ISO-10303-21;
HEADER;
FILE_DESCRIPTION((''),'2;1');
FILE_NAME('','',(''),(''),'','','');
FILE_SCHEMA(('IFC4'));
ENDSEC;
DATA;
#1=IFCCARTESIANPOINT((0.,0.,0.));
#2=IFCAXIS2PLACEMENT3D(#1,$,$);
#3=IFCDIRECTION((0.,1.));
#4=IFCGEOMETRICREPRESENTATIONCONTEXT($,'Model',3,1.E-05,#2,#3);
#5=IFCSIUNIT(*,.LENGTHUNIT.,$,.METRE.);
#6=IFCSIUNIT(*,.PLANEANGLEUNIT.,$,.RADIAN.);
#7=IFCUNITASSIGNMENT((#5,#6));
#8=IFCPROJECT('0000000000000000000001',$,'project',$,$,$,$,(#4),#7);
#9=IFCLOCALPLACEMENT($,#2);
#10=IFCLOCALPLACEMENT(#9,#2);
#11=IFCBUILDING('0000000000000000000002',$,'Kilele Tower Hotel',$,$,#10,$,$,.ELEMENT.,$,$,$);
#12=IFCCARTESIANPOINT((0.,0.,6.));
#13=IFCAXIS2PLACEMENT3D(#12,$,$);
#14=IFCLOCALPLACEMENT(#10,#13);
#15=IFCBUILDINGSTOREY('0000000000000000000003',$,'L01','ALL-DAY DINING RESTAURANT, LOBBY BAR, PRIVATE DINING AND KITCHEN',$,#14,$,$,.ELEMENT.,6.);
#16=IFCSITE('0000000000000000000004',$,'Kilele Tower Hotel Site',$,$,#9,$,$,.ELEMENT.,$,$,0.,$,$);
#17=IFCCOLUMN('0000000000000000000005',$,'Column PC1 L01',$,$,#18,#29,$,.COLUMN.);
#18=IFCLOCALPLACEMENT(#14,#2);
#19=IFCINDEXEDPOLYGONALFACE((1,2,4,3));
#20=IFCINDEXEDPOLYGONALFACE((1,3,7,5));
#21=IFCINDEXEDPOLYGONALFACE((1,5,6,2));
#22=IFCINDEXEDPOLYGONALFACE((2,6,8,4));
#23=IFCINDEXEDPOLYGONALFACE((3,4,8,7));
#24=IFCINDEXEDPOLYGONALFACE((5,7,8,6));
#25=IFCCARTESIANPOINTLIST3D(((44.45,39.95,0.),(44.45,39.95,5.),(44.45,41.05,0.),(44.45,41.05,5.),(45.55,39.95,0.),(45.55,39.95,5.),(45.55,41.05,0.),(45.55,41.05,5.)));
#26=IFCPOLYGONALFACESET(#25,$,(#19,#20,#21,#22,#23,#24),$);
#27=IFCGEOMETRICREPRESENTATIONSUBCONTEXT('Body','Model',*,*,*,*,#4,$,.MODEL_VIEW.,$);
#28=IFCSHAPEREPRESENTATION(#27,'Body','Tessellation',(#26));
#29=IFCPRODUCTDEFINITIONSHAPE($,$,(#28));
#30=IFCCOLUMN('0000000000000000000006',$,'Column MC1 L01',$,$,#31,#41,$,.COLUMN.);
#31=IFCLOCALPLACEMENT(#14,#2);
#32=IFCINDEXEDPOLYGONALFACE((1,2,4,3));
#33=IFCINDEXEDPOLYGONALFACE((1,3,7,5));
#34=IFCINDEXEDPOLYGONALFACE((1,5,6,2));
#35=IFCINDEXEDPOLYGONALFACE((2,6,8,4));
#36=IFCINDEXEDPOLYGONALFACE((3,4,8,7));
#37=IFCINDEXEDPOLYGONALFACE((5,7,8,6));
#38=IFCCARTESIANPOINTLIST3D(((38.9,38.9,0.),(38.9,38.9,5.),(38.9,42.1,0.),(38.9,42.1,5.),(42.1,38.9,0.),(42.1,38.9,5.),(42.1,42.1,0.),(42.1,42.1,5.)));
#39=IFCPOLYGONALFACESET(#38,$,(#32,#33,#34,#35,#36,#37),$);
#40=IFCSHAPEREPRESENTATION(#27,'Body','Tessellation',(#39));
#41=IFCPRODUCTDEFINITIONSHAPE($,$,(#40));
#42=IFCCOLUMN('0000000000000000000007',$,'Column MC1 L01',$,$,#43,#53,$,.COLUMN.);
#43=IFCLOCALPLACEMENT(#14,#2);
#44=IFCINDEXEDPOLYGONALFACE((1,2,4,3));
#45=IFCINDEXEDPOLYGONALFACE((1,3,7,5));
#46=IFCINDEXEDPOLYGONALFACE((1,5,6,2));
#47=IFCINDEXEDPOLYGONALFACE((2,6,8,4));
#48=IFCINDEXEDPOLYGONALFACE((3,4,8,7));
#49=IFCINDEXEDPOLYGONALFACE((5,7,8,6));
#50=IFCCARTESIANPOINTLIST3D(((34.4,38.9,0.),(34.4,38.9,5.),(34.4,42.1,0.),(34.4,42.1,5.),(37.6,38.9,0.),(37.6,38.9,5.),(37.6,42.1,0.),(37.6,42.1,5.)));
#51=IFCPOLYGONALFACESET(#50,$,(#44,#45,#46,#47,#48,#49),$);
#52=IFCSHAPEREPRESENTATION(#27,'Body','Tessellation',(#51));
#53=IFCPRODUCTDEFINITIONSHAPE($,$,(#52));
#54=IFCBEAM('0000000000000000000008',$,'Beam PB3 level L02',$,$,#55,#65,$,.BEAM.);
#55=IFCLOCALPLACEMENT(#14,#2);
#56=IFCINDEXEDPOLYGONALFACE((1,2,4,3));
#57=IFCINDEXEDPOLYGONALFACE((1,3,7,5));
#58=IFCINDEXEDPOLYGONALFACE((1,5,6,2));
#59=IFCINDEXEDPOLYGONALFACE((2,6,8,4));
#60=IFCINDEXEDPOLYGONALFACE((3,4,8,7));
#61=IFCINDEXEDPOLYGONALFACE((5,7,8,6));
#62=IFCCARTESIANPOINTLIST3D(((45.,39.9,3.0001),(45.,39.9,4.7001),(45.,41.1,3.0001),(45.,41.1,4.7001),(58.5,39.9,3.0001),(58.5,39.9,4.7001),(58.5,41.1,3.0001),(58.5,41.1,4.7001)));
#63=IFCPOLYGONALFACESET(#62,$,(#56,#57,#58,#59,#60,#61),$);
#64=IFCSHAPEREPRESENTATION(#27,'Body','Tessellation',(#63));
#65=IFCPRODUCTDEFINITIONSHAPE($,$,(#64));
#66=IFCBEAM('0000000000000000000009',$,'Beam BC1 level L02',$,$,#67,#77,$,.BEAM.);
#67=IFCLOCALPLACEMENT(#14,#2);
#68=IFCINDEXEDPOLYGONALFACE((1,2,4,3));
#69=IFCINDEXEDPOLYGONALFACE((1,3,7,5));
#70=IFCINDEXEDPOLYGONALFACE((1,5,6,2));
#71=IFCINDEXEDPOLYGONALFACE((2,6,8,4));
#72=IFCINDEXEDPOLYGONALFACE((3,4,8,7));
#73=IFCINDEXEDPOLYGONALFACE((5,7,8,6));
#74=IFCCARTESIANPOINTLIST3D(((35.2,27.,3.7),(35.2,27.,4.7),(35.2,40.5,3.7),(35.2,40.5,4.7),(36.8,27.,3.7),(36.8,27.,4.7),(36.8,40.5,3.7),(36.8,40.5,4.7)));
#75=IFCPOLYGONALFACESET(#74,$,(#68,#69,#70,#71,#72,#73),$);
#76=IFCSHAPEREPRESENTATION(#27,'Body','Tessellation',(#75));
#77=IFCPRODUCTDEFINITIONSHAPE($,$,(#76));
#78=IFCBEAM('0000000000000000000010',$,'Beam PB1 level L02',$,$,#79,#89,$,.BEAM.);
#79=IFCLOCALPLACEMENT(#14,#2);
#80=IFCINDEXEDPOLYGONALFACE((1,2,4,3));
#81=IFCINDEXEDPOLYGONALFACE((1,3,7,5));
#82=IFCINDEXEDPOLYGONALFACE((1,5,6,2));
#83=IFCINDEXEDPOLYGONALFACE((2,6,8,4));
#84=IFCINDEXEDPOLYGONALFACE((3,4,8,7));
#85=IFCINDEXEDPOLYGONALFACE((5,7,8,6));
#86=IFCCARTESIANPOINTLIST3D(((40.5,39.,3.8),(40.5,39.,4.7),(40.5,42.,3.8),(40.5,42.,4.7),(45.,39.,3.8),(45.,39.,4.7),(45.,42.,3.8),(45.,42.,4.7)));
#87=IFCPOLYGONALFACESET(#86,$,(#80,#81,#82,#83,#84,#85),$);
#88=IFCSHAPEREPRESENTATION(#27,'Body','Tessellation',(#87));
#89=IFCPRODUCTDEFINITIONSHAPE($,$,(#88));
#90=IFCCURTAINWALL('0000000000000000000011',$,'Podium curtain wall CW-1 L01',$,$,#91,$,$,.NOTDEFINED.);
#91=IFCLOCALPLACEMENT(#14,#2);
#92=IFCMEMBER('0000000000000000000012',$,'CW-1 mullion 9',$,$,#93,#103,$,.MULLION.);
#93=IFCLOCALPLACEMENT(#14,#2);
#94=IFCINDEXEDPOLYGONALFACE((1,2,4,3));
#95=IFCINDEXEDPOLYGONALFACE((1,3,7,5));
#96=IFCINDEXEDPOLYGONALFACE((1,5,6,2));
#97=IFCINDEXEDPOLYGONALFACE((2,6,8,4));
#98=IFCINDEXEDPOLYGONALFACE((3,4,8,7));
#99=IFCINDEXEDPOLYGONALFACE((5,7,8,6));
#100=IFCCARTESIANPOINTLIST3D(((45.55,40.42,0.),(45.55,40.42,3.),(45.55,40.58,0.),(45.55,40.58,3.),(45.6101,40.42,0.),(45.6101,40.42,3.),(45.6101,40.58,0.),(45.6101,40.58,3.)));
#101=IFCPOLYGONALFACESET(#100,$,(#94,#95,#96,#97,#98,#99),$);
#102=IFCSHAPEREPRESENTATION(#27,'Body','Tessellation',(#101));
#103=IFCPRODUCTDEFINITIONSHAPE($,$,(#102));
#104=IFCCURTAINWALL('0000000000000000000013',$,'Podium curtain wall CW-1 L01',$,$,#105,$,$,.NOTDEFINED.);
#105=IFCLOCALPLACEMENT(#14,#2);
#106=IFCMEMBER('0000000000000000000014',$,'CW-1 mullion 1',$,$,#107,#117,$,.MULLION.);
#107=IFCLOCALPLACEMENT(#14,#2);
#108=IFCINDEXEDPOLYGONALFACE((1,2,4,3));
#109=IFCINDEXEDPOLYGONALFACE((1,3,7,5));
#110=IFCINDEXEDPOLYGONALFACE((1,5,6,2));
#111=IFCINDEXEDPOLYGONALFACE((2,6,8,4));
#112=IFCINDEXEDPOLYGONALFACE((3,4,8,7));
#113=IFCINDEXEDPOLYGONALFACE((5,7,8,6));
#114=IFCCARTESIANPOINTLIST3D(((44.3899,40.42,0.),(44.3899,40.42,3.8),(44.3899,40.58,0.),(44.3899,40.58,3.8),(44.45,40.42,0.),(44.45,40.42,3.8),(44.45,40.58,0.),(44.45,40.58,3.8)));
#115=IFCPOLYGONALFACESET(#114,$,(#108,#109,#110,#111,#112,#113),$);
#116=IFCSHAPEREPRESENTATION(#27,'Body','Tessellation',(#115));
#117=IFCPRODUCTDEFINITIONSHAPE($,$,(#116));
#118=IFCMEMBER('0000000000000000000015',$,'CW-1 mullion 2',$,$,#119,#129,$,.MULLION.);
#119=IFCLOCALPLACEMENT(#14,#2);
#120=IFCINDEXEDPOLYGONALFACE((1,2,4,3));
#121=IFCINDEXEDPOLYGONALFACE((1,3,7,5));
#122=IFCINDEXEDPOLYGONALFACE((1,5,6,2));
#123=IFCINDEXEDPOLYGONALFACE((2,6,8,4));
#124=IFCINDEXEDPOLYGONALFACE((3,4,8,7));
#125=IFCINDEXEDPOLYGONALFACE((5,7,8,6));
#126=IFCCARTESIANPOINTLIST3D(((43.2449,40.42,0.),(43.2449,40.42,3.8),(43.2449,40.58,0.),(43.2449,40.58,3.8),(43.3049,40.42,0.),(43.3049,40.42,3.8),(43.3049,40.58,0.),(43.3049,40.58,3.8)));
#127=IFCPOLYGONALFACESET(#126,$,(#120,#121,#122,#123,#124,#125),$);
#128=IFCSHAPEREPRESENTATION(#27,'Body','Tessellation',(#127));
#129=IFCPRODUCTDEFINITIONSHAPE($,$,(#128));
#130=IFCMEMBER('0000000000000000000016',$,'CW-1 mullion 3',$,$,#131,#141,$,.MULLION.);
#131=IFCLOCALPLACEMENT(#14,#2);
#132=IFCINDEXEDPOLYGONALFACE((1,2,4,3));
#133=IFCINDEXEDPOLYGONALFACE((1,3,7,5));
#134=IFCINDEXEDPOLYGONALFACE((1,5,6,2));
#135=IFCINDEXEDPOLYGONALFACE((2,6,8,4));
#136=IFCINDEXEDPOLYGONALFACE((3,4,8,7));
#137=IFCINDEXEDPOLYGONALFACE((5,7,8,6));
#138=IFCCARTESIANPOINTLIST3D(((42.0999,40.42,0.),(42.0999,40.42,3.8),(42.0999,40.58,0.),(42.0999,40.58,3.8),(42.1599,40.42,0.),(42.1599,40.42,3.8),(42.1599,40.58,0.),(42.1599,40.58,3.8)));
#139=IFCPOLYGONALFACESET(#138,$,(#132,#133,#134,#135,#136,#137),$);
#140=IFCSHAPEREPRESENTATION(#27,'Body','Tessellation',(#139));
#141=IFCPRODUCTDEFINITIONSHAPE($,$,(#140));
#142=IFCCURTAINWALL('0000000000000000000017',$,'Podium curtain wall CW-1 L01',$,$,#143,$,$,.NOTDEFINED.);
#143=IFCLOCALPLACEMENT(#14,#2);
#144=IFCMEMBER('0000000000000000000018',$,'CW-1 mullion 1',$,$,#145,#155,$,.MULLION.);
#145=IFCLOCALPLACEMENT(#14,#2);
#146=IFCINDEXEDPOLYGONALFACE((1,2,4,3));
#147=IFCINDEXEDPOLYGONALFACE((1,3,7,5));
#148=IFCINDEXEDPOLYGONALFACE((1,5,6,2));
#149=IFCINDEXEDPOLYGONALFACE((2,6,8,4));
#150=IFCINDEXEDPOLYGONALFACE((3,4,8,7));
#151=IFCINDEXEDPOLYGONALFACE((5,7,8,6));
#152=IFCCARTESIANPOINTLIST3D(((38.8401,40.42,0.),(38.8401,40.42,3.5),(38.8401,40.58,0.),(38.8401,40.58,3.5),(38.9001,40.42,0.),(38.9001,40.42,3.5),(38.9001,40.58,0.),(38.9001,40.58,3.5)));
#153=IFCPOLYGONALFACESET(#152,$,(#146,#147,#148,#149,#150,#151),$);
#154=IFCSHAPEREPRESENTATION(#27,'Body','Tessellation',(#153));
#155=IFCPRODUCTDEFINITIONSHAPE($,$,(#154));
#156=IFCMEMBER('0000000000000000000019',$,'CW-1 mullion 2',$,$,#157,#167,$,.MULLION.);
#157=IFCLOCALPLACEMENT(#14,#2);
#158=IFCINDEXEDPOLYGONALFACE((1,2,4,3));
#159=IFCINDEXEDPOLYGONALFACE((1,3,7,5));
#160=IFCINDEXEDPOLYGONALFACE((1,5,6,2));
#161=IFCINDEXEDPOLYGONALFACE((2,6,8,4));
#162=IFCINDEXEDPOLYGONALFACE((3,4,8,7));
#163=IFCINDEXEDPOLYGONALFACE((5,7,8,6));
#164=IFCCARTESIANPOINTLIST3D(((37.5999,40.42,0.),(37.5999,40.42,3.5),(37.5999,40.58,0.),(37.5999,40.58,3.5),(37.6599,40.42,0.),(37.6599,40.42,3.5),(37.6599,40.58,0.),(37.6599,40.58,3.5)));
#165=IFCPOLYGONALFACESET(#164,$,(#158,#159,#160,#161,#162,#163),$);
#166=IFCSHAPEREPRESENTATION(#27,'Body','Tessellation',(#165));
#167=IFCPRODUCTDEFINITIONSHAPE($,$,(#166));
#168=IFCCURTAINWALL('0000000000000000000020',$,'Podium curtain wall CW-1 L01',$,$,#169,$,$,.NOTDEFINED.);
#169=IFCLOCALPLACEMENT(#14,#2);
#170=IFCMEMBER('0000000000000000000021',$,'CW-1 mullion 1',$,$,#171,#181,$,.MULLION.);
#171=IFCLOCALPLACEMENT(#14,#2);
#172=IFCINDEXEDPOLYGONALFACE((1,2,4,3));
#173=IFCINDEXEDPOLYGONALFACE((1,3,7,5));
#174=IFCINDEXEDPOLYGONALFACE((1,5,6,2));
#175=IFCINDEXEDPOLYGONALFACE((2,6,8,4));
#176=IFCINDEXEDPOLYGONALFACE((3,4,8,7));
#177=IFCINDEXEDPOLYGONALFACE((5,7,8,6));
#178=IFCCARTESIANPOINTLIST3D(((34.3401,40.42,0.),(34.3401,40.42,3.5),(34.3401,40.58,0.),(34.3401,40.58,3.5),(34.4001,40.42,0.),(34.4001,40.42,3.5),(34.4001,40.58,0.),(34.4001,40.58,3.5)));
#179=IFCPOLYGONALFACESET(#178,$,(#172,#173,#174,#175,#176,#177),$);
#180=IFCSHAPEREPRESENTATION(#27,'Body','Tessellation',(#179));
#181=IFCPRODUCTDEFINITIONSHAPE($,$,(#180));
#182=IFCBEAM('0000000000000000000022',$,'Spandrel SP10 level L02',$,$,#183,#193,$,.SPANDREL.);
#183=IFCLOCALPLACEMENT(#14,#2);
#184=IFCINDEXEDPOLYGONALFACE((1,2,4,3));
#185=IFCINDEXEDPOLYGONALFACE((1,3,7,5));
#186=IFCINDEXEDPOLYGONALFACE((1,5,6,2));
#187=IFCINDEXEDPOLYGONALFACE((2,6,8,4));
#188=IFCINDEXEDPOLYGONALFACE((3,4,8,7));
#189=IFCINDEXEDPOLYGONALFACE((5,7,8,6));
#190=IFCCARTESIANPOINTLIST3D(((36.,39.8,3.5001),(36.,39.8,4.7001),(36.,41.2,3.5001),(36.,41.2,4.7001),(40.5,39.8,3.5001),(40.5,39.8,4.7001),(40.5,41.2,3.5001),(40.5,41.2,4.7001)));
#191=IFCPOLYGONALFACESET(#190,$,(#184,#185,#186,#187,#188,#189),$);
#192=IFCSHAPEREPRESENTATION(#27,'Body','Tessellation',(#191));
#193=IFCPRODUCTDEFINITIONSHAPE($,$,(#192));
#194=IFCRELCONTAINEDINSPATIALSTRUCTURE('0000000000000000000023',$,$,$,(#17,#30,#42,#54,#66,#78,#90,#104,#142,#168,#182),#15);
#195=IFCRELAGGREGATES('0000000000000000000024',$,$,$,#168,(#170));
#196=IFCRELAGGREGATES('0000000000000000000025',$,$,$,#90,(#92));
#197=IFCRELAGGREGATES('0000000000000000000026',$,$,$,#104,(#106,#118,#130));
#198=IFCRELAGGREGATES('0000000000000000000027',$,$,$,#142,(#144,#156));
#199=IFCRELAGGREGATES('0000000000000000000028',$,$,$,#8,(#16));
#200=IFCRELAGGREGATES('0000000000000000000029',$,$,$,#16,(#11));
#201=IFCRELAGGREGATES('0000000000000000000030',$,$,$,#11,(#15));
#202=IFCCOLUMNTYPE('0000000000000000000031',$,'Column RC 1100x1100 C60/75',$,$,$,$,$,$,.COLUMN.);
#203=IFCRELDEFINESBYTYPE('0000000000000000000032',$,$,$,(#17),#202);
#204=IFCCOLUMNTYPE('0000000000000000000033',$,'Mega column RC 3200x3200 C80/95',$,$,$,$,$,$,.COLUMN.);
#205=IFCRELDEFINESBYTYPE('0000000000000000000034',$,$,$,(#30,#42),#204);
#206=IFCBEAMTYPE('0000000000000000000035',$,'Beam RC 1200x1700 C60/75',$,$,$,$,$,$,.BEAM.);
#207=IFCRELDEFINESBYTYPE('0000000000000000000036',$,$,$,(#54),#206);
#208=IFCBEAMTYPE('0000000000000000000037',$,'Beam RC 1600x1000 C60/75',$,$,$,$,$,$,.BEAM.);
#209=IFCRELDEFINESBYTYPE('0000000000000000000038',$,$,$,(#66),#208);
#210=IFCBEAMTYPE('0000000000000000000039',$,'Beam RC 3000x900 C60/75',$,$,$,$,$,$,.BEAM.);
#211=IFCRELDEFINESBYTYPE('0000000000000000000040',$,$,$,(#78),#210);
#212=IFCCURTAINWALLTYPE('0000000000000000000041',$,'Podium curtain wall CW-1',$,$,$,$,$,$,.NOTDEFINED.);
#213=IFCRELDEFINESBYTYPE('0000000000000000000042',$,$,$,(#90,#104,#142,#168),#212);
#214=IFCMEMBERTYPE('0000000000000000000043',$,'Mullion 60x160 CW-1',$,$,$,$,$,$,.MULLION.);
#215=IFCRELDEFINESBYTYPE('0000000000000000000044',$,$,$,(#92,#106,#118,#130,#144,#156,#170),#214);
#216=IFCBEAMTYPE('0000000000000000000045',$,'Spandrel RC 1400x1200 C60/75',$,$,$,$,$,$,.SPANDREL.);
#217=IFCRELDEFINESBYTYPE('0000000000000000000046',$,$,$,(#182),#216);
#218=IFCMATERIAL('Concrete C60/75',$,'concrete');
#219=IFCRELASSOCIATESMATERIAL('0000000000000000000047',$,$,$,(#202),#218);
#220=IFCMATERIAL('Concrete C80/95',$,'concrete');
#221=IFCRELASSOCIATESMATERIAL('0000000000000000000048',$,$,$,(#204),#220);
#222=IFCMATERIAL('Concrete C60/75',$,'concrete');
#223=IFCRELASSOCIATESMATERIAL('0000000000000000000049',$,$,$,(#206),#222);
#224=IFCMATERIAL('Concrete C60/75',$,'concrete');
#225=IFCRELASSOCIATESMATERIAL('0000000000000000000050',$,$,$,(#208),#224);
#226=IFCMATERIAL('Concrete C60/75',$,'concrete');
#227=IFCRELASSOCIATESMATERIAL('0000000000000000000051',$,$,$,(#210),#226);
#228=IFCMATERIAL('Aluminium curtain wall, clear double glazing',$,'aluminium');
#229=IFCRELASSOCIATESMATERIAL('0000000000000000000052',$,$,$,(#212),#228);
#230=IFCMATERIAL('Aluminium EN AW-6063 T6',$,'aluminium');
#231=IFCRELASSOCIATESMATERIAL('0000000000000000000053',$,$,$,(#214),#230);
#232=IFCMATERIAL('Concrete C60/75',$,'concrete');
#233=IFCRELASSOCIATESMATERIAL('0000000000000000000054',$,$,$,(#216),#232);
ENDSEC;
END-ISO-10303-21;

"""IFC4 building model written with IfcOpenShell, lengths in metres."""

from ifc_helpers import new_model, si_unit, direction, frame, origin, origin_2d, place, context, subcontext, project, spatial, rectangle, extrude, material, material_profile, profile_set, type_object, element, aggregate, save


model = new_model("IFC4")

# Units and contexts
model_context = context("Model", 3, precision=1e-05, world=origin(), true_north=direction((0.0, 1.0)))
body_context = subcontext(model_context, "Body", "Model", "MODEL_VIEW")
ifc_project = project(units=[si_unit("LENGTHUNIT", "METRE"), si_unit("PLANEANGLEUNIT", "RADIAN")], contexts=[model_context])

# Site, building, storey
site_placement = place(None, origin())
site = spatial("IfcSite", under=ifc_project, at=site_placement, Name="Kilele Tower Hotel Site", CompositionType="ELEMENT", RefElevation=0.0)
building_placement = place(site_placement, origin())
building = spatial("IfcBuilding", under=site, at=building_placement, Name="Kilele Tower Hotel", CompositionType="ELEMENT")
storey_placement = place(building_placement, frame((0.0, 0.0, 6.0)))
storey = spatial("IfcBuildingStorey", under=building, at=storey_placement, Name="L01", Description="ALL-DAY DINING RESTAURANT, LOBBY BAR, PRIVATE DINING AND KITCHEN", CompositionType="ELEMENT", Elevation=6.0)

# Columns
ifc_material_1 = material(Name="Concrete C60/75", Category="concrete")
ifc_material_profile_1 = material_profile(ifc_material_1, rectangle(XDim=1.1001, YDim=1.1001, at=origin_2d()))
ifc_profile_set_1 = profile_set([ifc_material_profile_1], Name="Concrete C60/75")
column_type_1 = type_object("IfcColumnType", Name="Column RC 1100x1100 C60/75", PredefinedType="COLUMN", material=ifc_profile_set_1)
column_placement = place(storey_placement, frame((45.0, 40.5, 0.0), z_axis=(0.0, 0.0, 1.0), x_axis=(1.0, 0.0, 0.0)))
element("IfcColumn", 1, at=column_placement, inside=storey, type_object=column_type_1, Name="Column PC1 L01", PredefinedType="COLUMN", context=body_context, shape_type="SweptSolid", body=[
    extrude(rectangle(XDim=1.1001, YDim=1.1001, at=origin_2d()), origin(), (0.0, 0.0, 1.0), 5.0),
])
ifc_material_2 = material(Name="Concrete C80/95", Category="concrete")
ifc_material_profile_2 = material_profile(ifc_material_2, rectangle(XDim=3.2, YDim=3.2, at=origin_2d()))
ifc_profile_set_2 = profile_set([ifc_material_profile_2], Name="Concrete C80/95")
column_type_2 = type_object("IfcColumnType", Name="Mega column RC 3200x3200 C80/95", PredefinedType="COLUMN", material=ifc_profile_set_2)
for number, where, z_axis, x_axis, name in (
    (2, (40.5, 40.5, 0.0), (0.0, 0.0, 1.0), (1.0, 0.0, 0.0), "Column MC1 L01"),
    (3, (36.0, 40.5, 0.0), (0.0, 0.0, 1.0), (1.0, 0.0, 0.0), "Column MC1 L01"),
):
    element("IfcColumn", number, at=place(storey_placement, frame(where, z_axis=z_axis, x_axis=x_axis)), inside=storey, type_object=column_type_2, Name=name, PredefinedType="COLUMN", context=body_context, shape_type="SweptSolid", body=[
        extrude(rectangle(XDim=3.2, YDim=3.2, at=origin_2d()), origin(), (0.0, 0.0, 1.0), 5.0),
    ])

# Beams
ifc_material_3 = material(Name="Concrete C60/75", Category="concrete")
ifc_material_profile_3 = material_profile(ifc_material_3, rectangle(XDim=1.2, YDim=1.7, at=origin_2d()))
ifc_profile_set_3 = profile_set([ifc_material_profile_3], Name="Concrete C60/75")
beam_type_1 = type_object("IfcBeamType", Name="Beam RC 1200x1700 C60/75", PredefinedType="BEAM", material=ifc_profile_set_3)
beam_1_placement = place(storey_placement, frame((45.0, 40.5, 3.8501), z_axis=(1.0, 0.0, 0.0), x_axis=(0.0, 1.0, 0.0)))
element("IfcBeam", 4, at=beam_1_placement, inside=storey, type_object=beam_type_1, Name="Beam PB3 level L02", PredefinedType="BEAM", context=body_context, shape_type="SweptSolid", body=[
    extrude(rectangle(XDim=1.2, YDim=1.7, at=origin_2d()), origin(), (0.0, 0.0, 1.0), 13.5),
])
ifc_material_4 = material(Name="Concrete C60/75", Category="concrete")
ifc_material_profile_4 = material_profile(ifc_material_4, rectangle(XDim=1.6001, YDim=1.0, at=origin_2d()))
ifc_profile_set_4 = profile_set([ifc_material_profile_4], Name="Concrete C60/75")
beam_type_2 = type_object("IfcBeamType", Name="Beam RC 1600x1000 C60/75", PredefinedType="BEAM", material=ifc_profile_set_4)
beam_2_placement = place(storey_placement, frame((36.0, 40.5, 4.2), z_axis=(0.0, -1.0, 0.0), x_axis=(1.0, 0.0, 0.0)))
element("IfcBeam", 5, at=beam_2_placement, inside=storey, type_object=beam_type_2, Name="Beam BC1 level L02", PredefinedType="BEAM", context=body_context, shape_type="SweptSolid", body=[
    extrude(rectangle(XDim=1.6001, YDim=1.0, at=origin_2d()), origin(), (0.0, 0.0, 1.0), 13.5),
])
ifc_material_5 = material(Name="Concrete C60/75", Category="concrete")
ifc_material_profile_5 = material_profile(ifc_material_5, rectangle(XDim=3.0, YDim=0.8999, at=origin_2d()))
ifc_profile_set_5 = profile_set([ifc_material_profile_5], Name="Concrete C60/75")
beam_type_3 = type_object("IfcBeamType", Name="Beam RC 3000x900 C60/75", PredefinedType="BEAM", material=ifc_profile_set_5)
beam_3_placement = place(storey_placement, frame((40.5, 40.5, 4.25), z_axis=(1.0, 0.0, 0.0), x_axis=(0.0, 1.0, 0.0)))
element("IfcBeam", 6, at=beam_3_placement, inside=storey, type_object=beam_type_3, Name="Beam PB1 level L02", PredefinedType="BEAM", context=body_context, shape_type="SweptSolid", body=[
    extrude(rectangle(XDim=3.0, YDim=0.8999, at=origin_2d()), origin(), (0.0, 0.0, 1.0), 4.5),
])

# Curtain wall, member
ifc_material_6 = material(Name="Aluminium curtain wall, clear double glazing", Category="aluminium")
curtain_wall_type = type_object("IfcCurtainWallType", Name="Podium curtain wall CW-1", PredefinedType="NOTDEFINED", material=ifc_material_6)
curtain_wall_1_placement = place(storey_placement, origin())
curtain_wall_1 = element("IfcCurtainWall", 7, at=curtain_wall_1_placement, inside=storey, type_object=curtain_wall_type, Name="Podium curtain wall CW-1 L01", PredefinedType="NOTDEFINED")
ifc_material_7 = material(Name="Aluminium EN AW-6063 T6", Category="aluminium")
ifc_material_profile_6 = material_profile(ifc_material_7, rectangle(XDim=0.1599, YDim=0.0601, at=origin_2d()))
ifc_profile_set_6 = profile_set([ifc_material_profile_6], Name="Aluminium EN AW-6063 T6")
member_type_1 = type_object("IfcMemberType", Name="Mullion 60x160 CW-1", PredefinedType="MULLION", material=ifc_profile_set_6)
member_1_placement = place(storey_placement, frame((45.5801, 40.5, 0.0), z_axis=(0.0, 0.0, 1.0), x_axis=(0.0, -1.0, 0.0)))
member_1 = element("IfcMember", 8, at=member_1_placement, type_object=member_type_1, Name="CW-1 mullion 9", PredefinedType="MULLION", context=body_context, shape_type="SweptSolid", body=[
    extrude(rectangle(XDim=0.1599, YDim=0.0601, at=origin_2d()), origin(), (0.0, 0.0, 1.0), 3.0),
])

# Curtain walls, members
curtain_wall_2_placement = place(storey_placement, origin())
curtain_wall_2 = element("IfcCurtainWall", 9, at=curtain_wall_2_placement, inside=storey, type_object=curtain_wall_type, Name="Podium curtain wall CW-1 L01", PredefinedType="NOTDEFINED")
member_2_placement = place(storey_placement, frame((44.4199, 40.5, 0.0), z_axis=(0.0, 0.0, 1.0), x_axis=(0.0, -1.0, 0.0)))
member_2 = element("IfcMember", 10, at=member_2_placement, type_object=member_type_1, Name="CW-1 mullion 1", PredefinedType="MULLION", context=body_context, shape_type="SweptSolid", body=[
    extrude(rectangle(XDim=0.1599, YDim=0.0601, at=origin_2d()), origin(), (0.0, 0.0, 1.0), 3.8),
])
member_3_placement = place(storey_placement, frame((43.2749, 40.5, 0.0), z_axis=(0.0, 0.0, 1.0), x_axis=(0.0, -1.0, 0.0)))
member_3 = element("IfcMember", 11, at=member_3_placement, type_object=member_type_1, Name="CW-1 mullion 2", PredefinedType="MULLION", context=body_context, shape_type="SweptSolid", body=[
    extrude(rectangle(XDim=0.1599, YDim=0.0601, at=origin_2d()), origin(), (0.0, 0.0, 1.0), 3.8),
])
member_4_placement = place(storey_placement, frame((42.1299, 40.5, 0.0), z_axis=(0.0, 0.0, 1.0), x_axis=(0.0, -1.0, 0.0)))
member_4 = element("IfcMember", 12, at=member_4_placement, type_object=member_type_1, Name="CW-1 mullion 3", PredefinedType="MULLION", context=body_context, shape_type="SweptSolid", body=[
    extrude(rectangle(XDim=0.1599, YDim=0.0601, at=origin_2d()), origin(), (0.0, 0.0, 1.0), 3.8),
])
curtain_wall_3_placement = place(storey_placement, origin())
curtain_wall_3 = element("IfcCurtainWall", 13, at=curtain_wall_3_placement, inside=storey, type_object=curtain_wall_type, Name="Podium curtain wall CW-1 L01", PredefinedType="NOTDEFINED")
member_5_placement = place(storey_placement, frame((38.8701, 40.5, 0.0), z_axis=(0.0, 0.0, 1.0), x_axis=(0.0, -1.0, 0.0)))
member_5 = element("IfcMember", 14, at=member_5_placement, type_object=member_type_1, Name="CW-1 mullion 1", PredefinedType="MULLION", context=body_context, shape_type="SweptSolid", body=[
    extrude(rectangle(XDim=0.1599, YDim=0.0601, at=origin_2d()), origin(), (0.0, 0.0, 1.0), 3.5),
])
member_6_placement = place(storey_placement, frame((37.6299, 40.5, 0.0), z_axis=(0.0, 0.0, 1.0), x_axis=(0.0, -1.0, 0.0)))
member_6 = element("IfcMember", 15, at=member_6_placement, type_object=member_type_1, Name="CW-1 mullion 2", PredefinedType="MULLION", context=body_context, shape_type="SweptSolid", body=[
    extrude(rectangle(XDim=0.1599, YDim=0.0601, at=origin_2d()), origin(), (0.0, 0.0, 1.0), 3.5),
])

# Curtain wall, member
curtain_wall_4_placement = place(storey_placement, origin())
curtain_wall_4 = element("IfcCurtainWall", 16, at=curtain_wall_4_placement, inside=storey, type_object=curtain_wall_type, Name="Podium curtain wall CW-1 L01", PredefinedType="NOTDEFINED")
member_7_placement = place(storey_placement, frame((34.3701, 40.5, 0.0), z_axis=(0.0, 0.0, 1.0), x_axis=(0.0, -1.0, 0.0)))
member_7 = element("IfcMember", 17, at=member_7_placement, type_object=member_type_1, Name="CW-1 mullion 1", PredefinedType="MULLION", context=body_context, shape_type="SweptSolid", body=[
    extrude(rectangle(XDim=0.1599, YDim=0.0601, at=origin_2d()), origin(), (0.0, 0.0, 1.0), 3.5),
])

# Beam
ifc_material_8 = material(Name="Concrete C60/75", Category="concrete")
ifc_material_profile_7 = material_profile(ifc_material_8, rectangle(XDim=1.3999, YDim=1.2, at=origin_2d()))
ifc_profile_set_7 = profile_set([ifc_material_profile_7], Name="Concrete C60/75")
beam_type_4 = type_object("IfcBeamType", Name="Spandrel RC 1400x1200 C60/75", PredefinedType="SPANDREL", material=ifc_profile_set_7)
beam_4_placement = place(storey_placement, frame((40.5, 40.5, 4.1001), z_axis=(-1.0, 0.0, 0.0), x_axis=(0.0, -1.0, 0.0)))
element("IfcBeam", 18, at=beam_4_placement, inside=storey, type_object=beam_type_4, Name="Spandrel SP10 level L02", PredefinedType="SPANDREL", context=body_context, shape_type="SweptSolid", body=[
    extrude(rectangle(XDim=1.3999, YDim=1.2, at=origin_2d()), origin(), (0.0, 0.0, 1.0), 4.5),
])

aggregate(curtain_wall_4, [member_7])

aggregate(curtain_wall_1, [member_1])
aggregate(curtain_wall_2, [member_2, member_3, member_4])
aggregate(curtain_wall_3, [member_5, member_6])

save(model, "model.ifc")
